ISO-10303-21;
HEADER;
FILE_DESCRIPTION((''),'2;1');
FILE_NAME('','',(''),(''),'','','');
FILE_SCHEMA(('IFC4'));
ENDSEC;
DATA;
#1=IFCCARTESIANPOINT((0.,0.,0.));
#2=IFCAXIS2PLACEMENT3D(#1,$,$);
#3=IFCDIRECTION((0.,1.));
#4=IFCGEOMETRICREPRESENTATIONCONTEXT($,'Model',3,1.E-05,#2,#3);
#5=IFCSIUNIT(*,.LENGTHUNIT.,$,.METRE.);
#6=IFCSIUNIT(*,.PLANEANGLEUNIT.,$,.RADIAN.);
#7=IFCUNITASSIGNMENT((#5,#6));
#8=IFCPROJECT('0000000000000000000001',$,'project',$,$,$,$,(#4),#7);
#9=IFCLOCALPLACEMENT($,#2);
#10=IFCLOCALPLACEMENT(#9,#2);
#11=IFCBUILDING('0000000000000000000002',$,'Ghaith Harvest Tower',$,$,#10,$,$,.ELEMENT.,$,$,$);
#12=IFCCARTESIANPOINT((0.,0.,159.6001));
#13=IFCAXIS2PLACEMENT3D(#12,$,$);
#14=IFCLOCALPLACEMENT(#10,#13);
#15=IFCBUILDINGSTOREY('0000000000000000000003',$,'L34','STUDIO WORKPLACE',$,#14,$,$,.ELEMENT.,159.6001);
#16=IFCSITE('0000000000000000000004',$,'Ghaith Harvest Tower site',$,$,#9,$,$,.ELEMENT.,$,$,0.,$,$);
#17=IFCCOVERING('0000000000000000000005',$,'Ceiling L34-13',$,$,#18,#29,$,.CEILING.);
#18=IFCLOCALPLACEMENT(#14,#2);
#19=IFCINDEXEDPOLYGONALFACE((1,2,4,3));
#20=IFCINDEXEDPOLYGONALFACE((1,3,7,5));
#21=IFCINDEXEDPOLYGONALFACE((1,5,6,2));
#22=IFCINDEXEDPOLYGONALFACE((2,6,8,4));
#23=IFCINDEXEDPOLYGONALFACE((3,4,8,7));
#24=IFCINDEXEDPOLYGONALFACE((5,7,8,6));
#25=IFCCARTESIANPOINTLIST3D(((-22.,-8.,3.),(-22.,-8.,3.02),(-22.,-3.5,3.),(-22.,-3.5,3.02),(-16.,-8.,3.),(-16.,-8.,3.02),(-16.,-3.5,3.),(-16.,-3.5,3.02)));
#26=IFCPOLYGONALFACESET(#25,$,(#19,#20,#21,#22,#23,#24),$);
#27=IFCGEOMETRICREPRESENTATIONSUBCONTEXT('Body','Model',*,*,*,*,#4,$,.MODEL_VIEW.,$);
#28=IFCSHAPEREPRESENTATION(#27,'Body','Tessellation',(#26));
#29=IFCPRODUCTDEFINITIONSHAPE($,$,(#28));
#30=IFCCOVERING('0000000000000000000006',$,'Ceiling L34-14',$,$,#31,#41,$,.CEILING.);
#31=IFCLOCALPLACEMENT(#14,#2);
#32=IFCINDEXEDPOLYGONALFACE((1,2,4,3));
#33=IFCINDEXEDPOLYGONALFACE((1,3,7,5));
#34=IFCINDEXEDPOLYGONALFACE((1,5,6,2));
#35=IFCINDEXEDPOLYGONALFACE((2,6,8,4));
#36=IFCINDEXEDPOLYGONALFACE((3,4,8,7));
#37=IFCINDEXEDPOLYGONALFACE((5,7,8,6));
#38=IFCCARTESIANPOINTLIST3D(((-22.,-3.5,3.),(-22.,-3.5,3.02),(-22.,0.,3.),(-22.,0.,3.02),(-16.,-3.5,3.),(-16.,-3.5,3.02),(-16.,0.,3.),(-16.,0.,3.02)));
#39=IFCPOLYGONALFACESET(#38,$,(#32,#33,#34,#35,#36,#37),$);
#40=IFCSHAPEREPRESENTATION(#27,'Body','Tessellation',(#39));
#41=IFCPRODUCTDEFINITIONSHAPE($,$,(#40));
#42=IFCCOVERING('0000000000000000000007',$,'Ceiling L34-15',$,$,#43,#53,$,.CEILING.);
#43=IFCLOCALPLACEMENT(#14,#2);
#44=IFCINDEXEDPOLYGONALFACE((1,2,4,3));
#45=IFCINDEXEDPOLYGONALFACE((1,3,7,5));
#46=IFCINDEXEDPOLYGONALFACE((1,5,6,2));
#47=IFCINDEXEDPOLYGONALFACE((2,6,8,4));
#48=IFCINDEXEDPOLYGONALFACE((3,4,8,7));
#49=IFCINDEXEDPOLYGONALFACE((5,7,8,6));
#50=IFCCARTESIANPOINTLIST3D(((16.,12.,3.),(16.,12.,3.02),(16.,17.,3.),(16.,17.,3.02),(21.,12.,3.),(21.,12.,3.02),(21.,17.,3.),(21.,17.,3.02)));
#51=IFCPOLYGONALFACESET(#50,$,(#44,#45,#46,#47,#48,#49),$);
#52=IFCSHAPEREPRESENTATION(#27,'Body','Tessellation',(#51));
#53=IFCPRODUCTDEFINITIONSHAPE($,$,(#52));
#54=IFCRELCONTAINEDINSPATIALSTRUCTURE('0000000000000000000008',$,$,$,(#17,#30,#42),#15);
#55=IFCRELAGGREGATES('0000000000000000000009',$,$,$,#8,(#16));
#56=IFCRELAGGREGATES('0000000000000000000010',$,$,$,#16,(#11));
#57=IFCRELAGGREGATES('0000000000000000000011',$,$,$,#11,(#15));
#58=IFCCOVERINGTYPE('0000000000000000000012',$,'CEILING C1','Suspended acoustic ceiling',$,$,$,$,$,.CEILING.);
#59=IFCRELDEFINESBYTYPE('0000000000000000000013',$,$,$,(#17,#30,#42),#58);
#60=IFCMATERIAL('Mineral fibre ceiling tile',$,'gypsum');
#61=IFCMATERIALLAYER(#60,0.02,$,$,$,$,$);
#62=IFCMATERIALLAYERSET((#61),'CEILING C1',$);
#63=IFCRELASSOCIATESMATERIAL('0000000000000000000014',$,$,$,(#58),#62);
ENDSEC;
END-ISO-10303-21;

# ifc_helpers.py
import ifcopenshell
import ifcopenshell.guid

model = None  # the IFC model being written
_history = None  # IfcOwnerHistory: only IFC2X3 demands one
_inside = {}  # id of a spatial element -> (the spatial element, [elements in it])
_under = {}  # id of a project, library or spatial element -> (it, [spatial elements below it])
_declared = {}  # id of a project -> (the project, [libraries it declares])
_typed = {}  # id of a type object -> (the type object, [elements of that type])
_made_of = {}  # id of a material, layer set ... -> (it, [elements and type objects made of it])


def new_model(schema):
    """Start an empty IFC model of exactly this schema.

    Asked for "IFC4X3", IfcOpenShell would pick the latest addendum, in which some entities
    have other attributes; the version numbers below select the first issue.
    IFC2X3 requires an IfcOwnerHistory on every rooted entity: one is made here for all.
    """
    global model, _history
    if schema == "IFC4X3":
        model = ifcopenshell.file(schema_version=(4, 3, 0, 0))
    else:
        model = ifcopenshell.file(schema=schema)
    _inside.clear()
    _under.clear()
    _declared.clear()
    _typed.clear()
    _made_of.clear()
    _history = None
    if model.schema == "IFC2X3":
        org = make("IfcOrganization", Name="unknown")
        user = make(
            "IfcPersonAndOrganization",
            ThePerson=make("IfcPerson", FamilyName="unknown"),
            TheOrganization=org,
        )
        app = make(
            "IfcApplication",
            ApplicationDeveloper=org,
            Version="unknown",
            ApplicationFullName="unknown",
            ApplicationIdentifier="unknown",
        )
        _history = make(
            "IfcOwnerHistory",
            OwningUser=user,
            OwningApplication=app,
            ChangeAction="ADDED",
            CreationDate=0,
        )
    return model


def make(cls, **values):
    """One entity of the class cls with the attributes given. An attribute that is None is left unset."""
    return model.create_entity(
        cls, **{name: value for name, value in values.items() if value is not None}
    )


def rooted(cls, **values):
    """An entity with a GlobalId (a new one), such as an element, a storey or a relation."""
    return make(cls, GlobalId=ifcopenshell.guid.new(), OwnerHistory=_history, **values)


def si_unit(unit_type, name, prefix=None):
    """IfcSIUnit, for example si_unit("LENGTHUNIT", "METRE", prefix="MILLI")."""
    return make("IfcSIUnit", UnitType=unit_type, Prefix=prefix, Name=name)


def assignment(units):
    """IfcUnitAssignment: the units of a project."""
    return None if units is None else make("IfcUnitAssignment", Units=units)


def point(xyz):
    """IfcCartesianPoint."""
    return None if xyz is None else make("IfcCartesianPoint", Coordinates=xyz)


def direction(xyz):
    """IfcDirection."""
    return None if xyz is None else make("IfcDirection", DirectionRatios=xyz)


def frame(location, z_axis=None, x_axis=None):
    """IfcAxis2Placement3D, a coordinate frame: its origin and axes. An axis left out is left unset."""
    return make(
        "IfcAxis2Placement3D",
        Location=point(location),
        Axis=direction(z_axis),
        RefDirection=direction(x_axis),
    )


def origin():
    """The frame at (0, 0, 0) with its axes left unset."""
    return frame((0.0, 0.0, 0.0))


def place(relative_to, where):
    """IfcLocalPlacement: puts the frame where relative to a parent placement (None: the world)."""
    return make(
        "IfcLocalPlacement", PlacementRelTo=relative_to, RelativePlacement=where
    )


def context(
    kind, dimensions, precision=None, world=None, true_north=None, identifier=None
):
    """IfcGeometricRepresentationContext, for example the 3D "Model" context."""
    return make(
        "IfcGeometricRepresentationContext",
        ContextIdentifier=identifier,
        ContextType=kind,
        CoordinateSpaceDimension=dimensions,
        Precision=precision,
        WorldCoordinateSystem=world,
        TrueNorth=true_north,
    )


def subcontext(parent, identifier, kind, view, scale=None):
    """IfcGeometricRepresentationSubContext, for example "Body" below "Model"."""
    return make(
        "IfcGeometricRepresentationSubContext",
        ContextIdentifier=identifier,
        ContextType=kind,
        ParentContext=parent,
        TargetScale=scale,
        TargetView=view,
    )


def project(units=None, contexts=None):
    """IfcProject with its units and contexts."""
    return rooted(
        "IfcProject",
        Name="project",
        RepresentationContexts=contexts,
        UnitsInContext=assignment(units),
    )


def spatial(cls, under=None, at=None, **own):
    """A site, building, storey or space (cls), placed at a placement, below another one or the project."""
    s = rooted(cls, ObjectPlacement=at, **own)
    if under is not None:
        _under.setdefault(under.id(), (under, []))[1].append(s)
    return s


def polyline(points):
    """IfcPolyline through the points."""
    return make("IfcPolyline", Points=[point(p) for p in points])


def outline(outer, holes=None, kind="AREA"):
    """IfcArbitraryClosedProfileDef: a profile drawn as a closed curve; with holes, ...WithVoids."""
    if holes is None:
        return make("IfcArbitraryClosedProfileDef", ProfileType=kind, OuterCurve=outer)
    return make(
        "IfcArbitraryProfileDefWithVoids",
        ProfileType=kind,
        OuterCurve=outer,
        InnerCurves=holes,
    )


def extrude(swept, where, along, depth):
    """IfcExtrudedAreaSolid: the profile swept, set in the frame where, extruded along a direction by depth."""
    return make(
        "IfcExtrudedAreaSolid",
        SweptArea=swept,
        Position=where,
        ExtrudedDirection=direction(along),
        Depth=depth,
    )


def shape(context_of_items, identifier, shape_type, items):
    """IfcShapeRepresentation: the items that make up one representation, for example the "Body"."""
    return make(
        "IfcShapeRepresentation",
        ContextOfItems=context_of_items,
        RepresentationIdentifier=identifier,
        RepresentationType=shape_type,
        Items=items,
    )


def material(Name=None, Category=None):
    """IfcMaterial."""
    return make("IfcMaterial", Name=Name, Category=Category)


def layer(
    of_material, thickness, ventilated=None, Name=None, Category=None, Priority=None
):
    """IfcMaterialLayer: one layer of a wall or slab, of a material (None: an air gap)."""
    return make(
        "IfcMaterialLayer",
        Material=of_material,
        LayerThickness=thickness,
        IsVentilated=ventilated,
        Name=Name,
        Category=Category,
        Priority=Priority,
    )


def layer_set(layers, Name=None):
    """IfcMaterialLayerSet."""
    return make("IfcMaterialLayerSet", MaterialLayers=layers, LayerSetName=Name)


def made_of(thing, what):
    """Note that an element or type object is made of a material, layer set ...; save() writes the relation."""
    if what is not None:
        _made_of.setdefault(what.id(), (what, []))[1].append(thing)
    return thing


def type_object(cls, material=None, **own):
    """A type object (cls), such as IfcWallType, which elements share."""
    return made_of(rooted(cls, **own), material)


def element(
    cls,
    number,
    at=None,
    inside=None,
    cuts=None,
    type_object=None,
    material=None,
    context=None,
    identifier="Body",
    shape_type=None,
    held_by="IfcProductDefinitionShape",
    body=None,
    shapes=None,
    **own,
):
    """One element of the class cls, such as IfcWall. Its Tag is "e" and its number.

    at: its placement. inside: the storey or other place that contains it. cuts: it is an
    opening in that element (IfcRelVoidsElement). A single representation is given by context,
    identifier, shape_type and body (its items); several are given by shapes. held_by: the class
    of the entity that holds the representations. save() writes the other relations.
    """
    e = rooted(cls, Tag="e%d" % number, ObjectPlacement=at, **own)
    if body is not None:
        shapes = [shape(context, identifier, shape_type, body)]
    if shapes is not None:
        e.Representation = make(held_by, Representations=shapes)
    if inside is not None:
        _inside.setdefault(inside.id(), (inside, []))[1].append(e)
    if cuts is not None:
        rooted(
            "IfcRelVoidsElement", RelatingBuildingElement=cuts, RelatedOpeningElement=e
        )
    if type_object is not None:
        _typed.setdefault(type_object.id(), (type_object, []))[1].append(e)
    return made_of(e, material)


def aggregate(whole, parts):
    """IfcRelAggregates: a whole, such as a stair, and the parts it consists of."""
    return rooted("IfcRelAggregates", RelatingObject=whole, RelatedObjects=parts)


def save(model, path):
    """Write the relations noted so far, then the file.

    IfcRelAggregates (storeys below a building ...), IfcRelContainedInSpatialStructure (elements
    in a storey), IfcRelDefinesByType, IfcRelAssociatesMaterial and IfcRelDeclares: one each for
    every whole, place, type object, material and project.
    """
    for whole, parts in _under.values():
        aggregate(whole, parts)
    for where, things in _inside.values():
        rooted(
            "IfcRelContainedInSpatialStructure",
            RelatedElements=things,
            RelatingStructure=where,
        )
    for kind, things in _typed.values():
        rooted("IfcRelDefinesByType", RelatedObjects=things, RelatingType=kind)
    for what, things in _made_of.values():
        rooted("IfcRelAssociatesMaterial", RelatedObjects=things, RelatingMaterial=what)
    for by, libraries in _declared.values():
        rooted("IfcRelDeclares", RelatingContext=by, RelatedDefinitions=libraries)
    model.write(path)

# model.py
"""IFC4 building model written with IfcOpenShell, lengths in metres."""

from ifc_helpers import new_model, si_unit, direction, frame, origin, place, context, subcontext, project, spatial, polyline, outline, extrude, material, layer, layer_set, type_object, element, save


model = new_model("IFC4")

# Units and contexts
model_context = context("Model", 3, precision=1e-05, world=origin(), true_north=direction((0.0, 1.0)))
body_context = subcontext(model_context, "Body", "Model", "MODEL_VIEW")
ifc_project = project(units=[si_unit("LENGTHUNIT", "METRE"), si_unit("PLANEANGLEUNIT", "RADIAN")], contexts=[model_context])

# Site, building, storey
site_placement = place(None, origin())
site = spatial("IfcSite", under=ifc_project, at=site_placement, Name="Ghaith Harvest Tower site", CompositionType="ELEMENT", RefElevation=0.0)
building_placement = place(site_placement, origin())
building = spatial("IfcBuilding", under=site, at=building_placement, Name="Ghaith Harvest Tower", CompositionType="ELEMENT")
storey_placement = place(building_placement, frame((0.0, 0.0, 159.6001)))
storey = spatial("IfcBuildingStorey", under=building, at=storey_placement, Name="L34", Description="STUDIO WORKPLACE", CompositionType="ELEMENT", Elevation=159.6001)

# Coverings
ifc_material_1 = material(Name="Mineral fibre ceiling tile", Category="gypsum")
ifc_layer_1 = layer(ifc_material_1, 0.02)
ifc_layer_set_1 = layer_set([ifc_layer_1], Name="CEILING C1")
covering_type = type_object("IfcCoveringType", Name="CEILING C1", Description="Suspended acoustic ceiling", PredefinedType="CEILING", material=ifc_layer_set_1)
covering_1_placement = place(storey_placement, frame((0.0, 0.0, 3.0)))
element("IfcCovering", 1, at=covering_1_placement, inside=storey, type_object=covering_type, Name="Ceiling L34-13", PredefinedType="CEILING", context=body_context, shape_type="SweptSolid", body=[
    extrude(outline(polyline([(-22.0, -8.0), (-16.0, -8.0), (-16.0, -3.5), (-22.0, -3.5), (-22.0, -8.0)])), origin(), (0.0, 0.0, 1.0), 0.02),
])
covering_2_placement = place(storey_placement, frame((0.0, 0.0, 3.0)))
element("IfcCovering", 2, at=covering_2_placement, inside=storey, type_object=covering_type, Name="Ceiling L34-14", PredefinedType="CEILING", context=body_context, shape_type="SweptSolid", body=[
    extrude(outline(polyline([(-22.0, -3.5), (-16.0, -3.5), (-16.0, 0.0), (-22.0, 0.0), (-22.0, -3.5)])), origin(), (0.0, 0.0, 1.0), 0.02),
])
covering_3_placement = place(storey_placement, frame((0.0, 0.0, 3.0)))
element("IfcCovering", 3, at=covering_3_placement, inside=storey, type_object=covering_type, Name="Ceiling L34-15", PredefinedType="CEILING", context=body_context, shape_type="SweptSolid", body=[
    extrude(outline(polyline([(16.0, 12.0), (21.0, 12.0), (21.0, 17.0), (16.0, 17.0), (16.0, 12.0)])), origin(), (0.0, 0.0, 1.0), 0.02),
])

save(model, "model.ifc")
